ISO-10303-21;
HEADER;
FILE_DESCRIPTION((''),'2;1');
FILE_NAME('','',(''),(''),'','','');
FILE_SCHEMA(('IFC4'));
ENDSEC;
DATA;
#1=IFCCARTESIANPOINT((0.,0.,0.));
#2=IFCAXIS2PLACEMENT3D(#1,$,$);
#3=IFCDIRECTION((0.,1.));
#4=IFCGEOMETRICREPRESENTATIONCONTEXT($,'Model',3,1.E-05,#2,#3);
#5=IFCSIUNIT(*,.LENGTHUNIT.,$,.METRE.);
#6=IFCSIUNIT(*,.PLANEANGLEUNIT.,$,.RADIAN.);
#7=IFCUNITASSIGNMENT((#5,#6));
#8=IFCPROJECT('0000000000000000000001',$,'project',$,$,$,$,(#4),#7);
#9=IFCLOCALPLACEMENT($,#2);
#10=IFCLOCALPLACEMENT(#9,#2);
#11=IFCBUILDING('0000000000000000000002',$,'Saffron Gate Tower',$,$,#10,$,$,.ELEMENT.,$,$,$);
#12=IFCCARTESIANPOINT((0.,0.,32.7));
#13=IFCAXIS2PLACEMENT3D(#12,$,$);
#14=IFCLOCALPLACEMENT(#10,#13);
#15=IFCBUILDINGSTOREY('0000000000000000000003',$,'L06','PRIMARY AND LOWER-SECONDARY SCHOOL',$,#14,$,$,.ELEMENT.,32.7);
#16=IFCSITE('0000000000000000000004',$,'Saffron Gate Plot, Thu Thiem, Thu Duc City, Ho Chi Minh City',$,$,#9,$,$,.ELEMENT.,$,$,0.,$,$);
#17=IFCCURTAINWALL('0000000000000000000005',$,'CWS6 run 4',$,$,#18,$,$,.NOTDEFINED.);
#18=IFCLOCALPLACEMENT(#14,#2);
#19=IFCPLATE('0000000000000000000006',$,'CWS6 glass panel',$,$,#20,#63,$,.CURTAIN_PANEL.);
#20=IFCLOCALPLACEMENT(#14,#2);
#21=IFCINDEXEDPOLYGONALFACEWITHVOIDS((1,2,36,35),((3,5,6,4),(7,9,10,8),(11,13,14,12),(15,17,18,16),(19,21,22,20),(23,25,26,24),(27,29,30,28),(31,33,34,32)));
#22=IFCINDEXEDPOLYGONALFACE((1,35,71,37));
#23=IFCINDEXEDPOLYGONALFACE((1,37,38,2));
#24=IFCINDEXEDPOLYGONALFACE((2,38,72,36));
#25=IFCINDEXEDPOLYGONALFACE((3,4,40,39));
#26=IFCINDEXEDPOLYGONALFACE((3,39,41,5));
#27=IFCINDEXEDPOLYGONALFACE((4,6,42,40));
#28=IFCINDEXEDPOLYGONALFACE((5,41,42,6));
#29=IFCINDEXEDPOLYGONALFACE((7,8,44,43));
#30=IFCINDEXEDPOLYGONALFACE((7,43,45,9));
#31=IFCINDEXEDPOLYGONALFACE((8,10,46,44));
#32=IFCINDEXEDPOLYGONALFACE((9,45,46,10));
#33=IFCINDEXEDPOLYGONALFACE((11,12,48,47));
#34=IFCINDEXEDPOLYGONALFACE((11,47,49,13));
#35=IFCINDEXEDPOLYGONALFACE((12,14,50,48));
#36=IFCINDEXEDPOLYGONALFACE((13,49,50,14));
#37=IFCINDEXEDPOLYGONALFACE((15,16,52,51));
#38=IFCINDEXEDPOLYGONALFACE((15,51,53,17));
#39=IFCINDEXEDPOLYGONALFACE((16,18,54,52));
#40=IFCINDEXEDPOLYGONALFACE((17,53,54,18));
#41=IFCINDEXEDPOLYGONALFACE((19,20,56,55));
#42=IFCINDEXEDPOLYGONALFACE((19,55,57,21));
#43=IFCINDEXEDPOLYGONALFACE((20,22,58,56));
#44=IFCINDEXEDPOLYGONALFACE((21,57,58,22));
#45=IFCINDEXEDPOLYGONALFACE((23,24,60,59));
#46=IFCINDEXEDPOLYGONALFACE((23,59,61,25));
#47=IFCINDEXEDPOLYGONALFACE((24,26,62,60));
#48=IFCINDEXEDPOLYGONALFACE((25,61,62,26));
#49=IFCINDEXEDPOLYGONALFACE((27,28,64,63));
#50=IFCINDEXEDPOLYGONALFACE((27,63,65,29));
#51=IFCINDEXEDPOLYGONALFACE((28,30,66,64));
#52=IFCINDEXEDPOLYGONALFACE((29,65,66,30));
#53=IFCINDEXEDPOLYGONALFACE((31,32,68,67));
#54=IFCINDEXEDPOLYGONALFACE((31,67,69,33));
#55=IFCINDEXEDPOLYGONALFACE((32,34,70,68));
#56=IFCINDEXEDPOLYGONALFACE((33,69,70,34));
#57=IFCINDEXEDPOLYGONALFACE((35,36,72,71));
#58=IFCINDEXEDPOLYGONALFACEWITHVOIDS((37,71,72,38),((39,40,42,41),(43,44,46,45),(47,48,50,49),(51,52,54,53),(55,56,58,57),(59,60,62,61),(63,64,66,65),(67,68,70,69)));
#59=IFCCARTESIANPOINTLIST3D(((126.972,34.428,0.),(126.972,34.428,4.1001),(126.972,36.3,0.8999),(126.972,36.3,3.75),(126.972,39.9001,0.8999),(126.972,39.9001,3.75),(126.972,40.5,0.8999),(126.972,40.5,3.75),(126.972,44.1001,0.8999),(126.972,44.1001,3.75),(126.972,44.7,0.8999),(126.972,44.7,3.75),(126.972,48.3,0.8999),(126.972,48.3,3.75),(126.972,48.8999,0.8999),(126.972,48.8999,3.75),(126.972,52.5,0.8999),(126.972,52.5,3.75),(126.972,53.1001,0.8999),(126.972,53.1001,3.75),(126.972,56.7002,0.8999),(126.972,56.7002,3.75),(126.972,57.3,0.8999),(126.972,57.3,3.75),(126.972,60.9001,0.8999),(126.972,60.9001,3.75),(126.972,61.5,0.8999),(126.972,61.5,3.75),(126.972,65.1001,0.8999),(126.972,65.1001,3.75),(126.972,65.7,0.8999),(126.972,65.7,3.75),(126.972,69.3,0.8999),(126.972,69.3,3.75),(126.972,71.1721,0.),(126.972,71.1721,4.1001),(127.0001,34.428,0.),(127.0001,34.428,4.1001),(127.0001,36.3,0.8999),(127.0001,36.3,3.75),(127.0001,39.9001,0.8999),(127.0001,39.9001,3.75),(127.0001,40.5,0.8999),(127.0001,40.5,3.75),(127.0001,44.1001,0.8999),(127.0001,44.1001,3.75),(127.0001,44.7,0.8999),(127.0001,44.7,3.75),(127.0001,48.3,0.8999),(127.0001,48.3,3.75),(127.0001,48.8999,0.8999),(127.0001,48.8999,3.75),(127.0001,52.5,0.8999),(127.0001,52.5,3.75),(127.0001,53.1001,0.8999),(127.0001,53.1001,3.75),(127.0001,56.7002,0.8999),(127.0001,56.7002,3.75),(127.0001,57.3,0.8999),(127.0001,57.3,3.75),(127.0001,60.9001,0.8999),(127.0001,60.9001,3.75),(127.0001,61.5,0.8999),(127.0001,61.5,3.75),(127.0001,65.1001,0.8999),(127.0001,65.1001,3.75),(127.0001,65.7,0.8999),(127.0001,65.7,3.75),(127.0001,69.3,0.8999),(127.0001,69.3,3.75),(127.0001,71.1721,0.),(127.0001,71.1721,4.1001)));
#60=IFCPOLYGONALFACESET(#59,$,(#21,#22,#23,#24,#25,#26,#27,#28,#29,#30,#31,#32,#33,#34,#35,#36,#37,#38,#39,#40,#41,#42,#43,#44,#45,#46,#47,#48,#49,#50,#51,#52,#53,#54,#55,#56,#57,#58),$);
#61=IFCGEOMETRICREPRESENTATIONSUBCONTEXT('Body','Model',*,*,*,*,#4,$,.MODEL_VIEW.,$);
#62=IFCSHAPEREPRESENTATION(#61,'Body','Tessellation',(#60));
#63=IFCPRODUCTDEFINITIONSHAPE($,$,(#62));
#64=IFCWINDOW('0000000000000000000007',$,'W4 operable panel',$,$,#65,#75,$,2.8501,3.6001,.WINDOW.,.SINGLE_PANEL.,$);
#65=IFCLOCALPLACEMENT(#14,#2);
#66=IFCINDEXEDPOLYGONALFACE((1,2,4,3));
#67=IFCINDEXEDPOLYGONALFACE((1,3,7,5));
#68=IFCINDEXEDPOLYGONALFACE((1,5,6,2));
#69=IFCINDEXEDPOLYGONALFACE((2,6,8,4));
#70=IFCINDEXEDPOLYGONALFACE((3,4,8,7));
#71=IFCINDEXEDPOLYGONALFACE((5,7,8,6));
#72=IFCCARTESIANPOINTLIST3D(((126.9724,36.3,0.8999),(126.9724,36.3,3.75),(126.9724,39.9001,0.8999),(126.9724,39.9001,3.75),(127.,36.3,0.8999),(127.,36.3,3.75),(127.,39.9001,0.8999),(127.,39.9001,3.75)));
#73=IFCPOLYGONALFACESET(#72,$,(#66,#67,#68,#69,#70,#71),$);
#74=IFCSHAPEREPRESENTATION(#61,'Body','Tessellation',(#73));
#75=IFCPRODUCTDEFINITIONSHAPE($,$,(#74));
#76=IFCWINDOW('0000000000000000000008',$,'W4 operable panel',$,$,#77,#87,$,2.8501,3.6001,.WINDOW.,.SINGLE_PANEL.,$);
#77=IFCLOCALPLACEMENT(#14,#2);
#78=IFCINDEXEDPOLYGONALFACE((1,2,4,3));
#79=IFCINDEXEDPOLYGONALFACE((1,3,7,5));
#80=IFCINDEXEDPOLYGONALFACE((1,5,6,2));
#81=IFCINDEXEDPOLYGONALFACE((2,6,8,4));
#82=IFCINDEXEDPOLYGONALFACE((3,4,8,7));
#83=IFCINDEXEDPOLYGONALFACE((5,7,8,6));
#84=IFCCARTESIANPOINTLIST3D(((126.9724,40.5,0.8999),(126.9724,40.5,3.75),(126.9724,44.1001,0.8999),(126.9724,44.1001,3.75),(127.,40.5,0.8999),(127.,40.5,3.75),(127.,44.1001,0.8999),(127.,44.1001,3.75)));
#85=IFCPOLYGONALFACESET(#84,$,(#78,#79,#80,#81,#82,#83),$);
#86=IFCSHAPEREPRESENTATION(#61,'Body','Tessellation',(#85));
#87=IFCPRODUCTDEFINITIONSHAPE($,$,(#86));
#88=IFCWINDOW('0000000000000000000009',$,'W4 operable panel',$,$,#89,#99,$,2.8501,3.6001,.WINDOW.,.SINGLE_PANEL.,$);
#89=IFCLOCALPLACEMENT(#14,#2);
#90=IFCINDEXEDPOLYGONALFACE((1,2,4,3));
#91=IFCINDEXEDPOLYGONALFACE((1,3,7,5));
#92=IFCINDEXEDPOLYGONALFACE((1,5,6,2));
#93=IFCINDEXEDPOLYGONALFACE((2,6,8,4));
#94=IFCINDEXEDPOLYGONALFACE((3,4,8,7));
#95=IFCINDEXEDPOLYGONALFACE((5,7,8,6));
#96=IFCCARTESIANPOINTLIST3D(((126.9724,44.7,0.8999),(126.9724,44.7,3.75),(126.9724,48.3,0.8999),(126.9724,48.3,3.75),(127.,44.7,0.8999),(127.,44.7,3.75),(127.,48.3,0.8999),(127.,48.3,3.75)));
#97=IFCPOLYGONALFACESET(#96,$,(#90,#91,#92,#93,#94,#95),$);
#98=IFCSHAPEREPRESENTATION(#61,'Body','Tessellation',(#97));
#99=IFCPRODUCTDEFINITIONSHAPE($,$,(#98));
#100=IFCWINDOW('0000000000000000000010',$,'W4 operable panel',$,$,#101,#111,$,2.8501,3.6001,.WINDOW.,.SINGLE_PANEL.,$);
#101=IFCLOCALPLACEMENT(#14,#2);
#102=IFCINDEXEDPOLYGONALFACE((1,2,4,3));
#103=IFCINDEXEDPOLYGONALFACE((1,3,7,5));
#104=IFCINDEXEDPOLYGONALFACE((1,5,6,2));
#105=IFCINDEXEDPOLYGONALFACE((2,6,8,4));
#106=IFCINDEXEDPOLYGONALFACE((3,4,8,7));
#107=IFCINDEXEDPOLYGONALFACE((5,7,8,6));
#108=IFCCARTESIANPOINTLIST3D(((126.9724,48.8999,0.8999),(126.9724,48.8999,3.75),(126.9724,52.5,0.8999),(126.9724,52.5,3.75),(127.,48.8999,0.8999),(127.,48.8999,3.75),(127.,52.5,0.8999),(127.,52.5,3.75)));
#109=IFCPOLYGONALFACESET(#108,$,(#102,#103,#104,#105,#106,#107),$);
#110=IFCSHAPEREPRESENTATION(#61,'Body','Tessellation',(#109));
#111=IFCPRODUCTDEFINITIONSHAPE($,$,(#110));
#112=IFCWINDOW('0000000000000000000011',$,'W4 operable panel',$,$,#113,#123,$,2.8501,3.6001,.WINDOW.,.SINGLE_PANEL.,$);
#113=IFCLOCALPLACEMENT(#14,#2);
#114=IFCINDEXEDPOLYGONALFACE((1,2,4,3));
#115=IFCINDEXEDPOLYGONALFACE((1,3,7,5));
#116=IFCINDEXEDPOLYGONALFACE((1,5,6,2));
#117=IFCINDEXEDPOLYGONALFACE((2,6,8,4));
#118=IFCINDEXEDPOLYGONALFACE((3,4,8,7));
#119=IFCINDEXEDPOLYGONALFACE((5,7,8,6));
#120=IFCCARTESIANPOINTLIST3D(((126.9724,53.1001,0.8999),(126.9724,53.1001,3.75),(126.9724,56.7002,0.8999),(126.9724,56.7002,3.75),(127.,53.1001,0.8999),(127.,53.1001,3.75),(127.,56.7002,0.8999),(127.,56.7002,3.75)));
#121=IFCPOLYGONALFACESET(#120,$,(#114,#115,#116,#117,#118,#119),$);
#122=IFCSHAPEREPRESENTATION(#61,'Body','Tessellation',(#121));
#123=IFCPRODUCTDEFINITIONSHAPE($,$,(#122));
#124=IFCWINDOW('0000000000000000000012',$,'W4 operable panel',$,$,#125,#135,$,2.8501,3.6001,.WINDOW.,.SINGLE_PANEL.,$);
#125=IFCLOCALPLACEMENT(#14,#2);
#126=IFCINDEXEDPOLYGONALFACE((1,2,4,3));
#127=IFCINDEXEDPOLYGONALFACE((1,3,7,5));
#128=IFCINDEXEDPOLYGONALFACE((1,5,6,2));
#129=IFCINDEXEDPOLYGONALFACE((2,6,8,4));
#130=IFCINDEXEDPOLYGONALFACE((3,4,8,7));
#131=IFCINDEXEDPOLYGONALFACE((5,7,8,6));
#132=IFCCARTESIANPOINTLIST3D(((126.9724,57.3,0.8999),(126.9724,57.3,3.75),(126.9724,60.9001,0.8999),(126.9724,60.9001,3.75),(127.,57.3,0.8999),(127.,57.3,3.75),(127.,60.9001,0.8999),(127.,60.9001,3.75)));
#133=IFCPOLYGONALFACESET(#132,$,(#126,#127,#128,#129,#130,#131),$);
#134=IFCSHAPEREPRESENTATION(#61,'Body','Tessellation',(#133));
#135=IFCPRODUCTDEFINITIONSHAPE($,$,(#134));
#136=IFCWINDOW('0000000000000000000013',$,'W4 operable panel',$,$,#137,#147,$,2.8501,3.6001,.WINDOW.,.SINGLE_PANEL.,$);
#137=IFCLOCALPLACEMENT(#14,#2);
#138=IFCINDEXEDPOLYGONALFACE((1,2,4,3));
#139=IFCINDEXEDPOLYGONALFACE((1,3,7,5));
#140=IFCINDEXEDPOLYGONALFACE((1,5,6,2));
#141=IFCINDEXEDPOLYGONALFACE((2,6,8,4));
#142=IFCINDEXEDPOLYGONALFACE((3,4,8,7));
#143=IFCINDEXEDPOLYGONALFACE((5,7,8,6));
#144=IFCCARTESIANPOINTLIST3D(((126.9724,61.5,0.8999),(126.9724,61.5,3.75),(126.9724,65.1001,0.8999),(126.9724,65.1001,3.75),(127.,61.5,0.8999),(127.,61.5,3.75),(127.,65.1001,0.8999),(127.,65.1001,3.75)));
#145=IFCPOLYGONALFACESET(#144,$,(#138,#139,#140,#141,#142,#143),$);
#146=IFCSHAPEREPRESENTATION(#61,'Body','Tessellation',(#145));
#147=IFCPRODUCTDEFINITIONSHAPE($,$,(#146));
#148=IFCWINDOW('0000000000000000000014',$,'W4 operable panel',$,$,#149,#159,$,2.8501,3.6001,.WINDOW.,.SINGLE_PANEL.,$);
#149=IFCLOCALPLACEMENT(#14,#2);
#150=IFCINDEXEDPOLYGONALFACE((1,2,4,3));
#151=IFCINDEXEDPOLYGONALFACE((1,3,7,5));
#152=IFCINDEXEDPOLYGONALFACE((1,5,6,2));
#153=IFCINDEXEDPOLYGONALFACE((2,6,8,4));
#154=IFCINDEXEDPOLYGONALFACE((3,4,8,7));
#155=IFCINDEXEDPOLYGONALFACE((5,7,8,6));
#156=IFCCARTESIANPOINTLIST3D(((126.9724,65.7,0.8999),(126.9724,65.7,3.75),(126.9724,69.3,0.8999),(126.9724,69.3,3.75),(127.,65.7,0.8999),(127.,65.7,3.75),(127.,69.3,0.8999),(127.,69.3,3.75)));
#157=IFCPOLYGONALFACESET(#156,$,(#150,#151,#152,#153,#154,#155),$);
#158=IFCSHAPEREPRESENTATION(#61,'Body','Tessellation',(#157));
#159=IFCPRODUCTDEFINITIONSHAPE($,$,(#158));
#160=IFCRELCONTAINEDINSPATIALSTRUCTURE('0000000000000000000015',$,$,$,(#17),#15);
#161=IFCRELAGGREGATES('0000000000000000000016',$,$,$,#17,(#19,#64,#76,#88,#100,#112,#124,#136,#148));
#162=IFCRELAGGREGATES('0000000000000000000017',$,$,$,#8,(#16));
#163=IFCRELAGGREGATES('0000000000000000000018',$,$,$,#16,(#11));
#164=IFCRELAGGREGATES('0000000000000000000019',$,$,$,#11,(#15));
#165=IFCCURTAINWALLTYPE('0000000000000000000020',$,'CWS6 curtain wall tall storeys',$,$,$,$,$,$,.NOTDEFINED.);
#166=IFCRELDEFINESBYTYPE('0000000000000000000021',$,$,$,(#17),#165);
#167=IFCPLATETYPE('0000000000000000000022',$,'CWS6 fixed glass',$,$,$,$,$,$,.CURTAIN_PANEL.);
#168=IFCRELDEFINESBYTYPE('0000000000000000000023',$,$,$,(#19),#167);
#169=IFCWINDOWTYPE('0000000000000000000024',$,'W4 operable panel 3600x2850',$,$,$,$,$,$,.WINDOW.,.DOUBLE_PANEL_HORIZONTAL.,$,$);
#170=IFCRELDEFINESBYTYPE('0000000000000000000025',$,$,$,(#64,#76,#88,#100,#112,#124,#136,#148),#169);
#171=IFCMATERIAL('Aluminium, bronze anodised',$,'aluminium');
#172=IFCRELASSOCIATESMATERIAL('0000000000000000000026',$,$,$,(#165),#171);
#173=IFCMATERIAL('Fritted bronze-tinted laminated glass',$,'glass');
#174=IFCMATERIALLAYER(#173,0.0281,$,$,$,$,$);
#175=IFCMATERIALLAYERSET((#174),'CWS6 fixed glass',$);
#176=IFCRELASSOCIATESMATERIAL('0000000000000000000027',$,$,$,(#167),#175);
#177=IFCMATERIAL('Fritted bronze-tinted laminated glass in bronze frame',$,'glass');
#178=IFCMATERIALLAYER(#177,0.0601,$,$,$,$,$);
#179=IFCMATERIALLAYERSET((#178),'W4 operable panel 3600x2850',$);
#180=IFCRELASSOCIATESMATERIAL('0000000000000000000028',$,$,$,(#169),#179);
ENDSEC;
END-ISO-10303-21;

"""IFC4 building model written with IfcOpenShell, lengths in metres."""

from ifc_helpers import new_model, si_unit, direction, frame, frame_2d, origin, place, context, subcontext, project, spatial, rectangle, extrude, material, layer, layer_set, type_object, element, fill, aggregate, save


model = new_model("IFC4")

# Units and contexts
model_context = context("Model", 3, precision=1e-05, world=origin(), true_north=direction((0.0, 1.0)))
body_context = subcontext(model_context, "Body", "Model", "MODEL_VIEW")
ifc_project = project(units=[si_unit("LENGTHUNIT", "METRE"), si_unit("PLANEANGLEUNIT", "RADIAN")], contexts=[model_context])

# Site, building, storey
site_placement = place(None, origin())
site = spatial("IfcSite", under=ifc_project, at=site_placement, Name="Saffron Gate Plot, Thu Thiem, Thu Duc City, Ho Chi Minh City", CompositionType="ELEMENT", RefElevation=0.0)
building_placement = place(site_placement, origin())
building = spatial("IfcBuilding", under=site, at=building_placement, Name="Saffron Gate Tower", CompositionType="ELEMENT")
storey_placement = place(building_placement, frame((0.0, 0.0, 32.7)))
storey = spatial("IfcBuildingStorey", under=building, at=storey_placement, Name="L06", Description="PRIMARY AND LOWER-SECONDARY SCHOOL", CompositionType="ELEMENT", Elevation=32.7)

# Curtain wall
ifc_material_1 = material(Name="Aluminium, bronze anodised", Category="aluminium")
curtain_wall_type = type_object("IfcCurtainWallType", Name="CWS6 curtain wall tall storeys", PredefinedType="NOTDEFINED", material=ifc_material_1)
curtain_wall_1_placement = place(storey_placement, origin())
curtain_wall_1 = element("IfcCurtainWall", 1, at=curtain_wall_1_placement, inside=storey, type_object=curtain_wall_type, Name="CWS6 run 4", PredefinedType="NOTDEFINED")

# Plate, openings, windows
ifc_material_2 = material(Name="Fritted bronze-tinted laminated glass", Category="glass")
ifc_layer_1 = layer(ifc_material_2, 0.0281)
ifc_layer_set_1 = layer_set([ifc_layer_1], Name="CWS6 fixed glass")
plate_type = type_object("IfcPlateType", Name="CWS6 fixed glass", PredefinedType="CURTAIN_PANEL", material=ifc_layer_set_1)
plate_placement = place(storey_placement, frame((126.9861, 34.428, 0.0), z_axis=(0.0, 0.0, 1.0), x_axis=(0.0, 1.0, 0.0)))
plate = element("IfcPlate", 2, at=plate_placement, type_object=plate_type, Name="CWS6 glass panel", PredefinedType="CURTAIN_PANEL", context=body_context, shape_type="SweptSolid", body=[
    extrude(rectangle(XDim=36.7441, YDim=0.0281, at=frame_2d((18.3721, 0.0))), origin(), (0.0, 0.0, 1.0), 4.1001),
])
opening_1_placement = place(plate_placement, frame((1.8721, 0.0, 0.8999)))
opening_1 = element("IfcOpeningElement", 3, at=opening_1_placement, cuts=plate, PredefinedType="OPENING", context=body_context, shape_type="SweptSolid", body=[
    extrude(rectangle(XDim=3.6001, YDim=2.8501, at=frame_2d((1.8, 1.425))), frame((0.0, 0.0239, 0.0), z_axis=(0.0, -1.0, 0.0), x_axis=(1.0, 0.0, 0.0)), (0.0, 0.0, 1.0), 0.0481),
])
opening_2_placement = place(plate_placement, frame((6.072, 0.0, 0.8999)))
opening_2 = element("IfcOpeningElement", 4, at=opening_2_placement, cuts=plate, PredefinedType="OPENING", context=body_context, shape_type="SweptSolid", body=[
    extrude(rectangle(XDim=3.6001, YDim=2.8501, at=frame_2d((1.8, 1.425))), frame((0.0, 0.0239, 0.0), z_axis=(0.0, -1.0, 0.0), x_axis=(1.0, 0.0, 0.0)), (0.0, 0.0, 1.0), 0.0481),
])
opening_3_placement = place(plate_placement, frame((10.272, 0.0, 0.8999)))
opening_3 = element("IfcOpeningElement", 5, at=opening_3_placement, cuts=plate, PredefinedType="OPENING", context=body_context, shape_type="SweptSolid", body=[
    extrude(rectangle(XDim=3.6001, YDim=2.8501, at=frame_2d((1.8, 1.425))), frame((0.0, 0.0239, 0.0), z_axis=(0.0, -1.0, 0.0), x_axis=(1.0, 0.0, 0.0)), (0.0, 0.0, 1.0), 0.0481),
])
opening_4_placement = place(plate_placement, frame((14.4719, 0.0, 0.8999)))
opening_4 = element("IfcOpeningElement", 6, at=opening_4_placement, cuts=plate, PredefinedType="OPENING", context=body_context, shape_type="SweptSolid", body=[
    extrude(rectangle(XDim=3.6001, YDim=2.8501, at=frame_2d((1.8, 1.425))), frame((0.0, 0.0239, 0.0), z_axis=(0.0, -1.0, 0.0), x_axis=(1.0, 0.0, 0.0)), (0.0, 0.0, 1.0), 0.0481),
])
opening_5_placement = place(plate_placement, frame((18.6721, 0.0, 0.8999)))
opening_5 = element("IfcOpeningElement", 7, at=opening_5_placement, cuts=plate, PredefinedType="OPENING", context=body_context, shape_type="SweptSolid", body=[
    extrude(rectangle(XDim=3.6001, YDim=2.8501, at=frame_2d((1.8, 1.425))), frame((0.0, 0.0239, 0.0), z_axis=(0.0, -1.0, 0.0), x_axis=(1.0, 0.0, 0.0)), (0.0, 0.0, 1.0), 0.0481),
])
opening_6_placement = place(plate_placement, frame((22.8721, 0.0, 0.8999)))
opening_6 = element("IfcOpeningElement", 8, at=opening_6_placement, cuts=plate, PredefinedType="OPENING", context=body_context, shape_type="SweptSolid", body=[
    extrude(rectangle(XDim=3.6001, YDim=2.8501, at=frame_2d((1.8, 1.425))), frame((0.0, 0.0239, 0.0), z_axis=(0.0, -1.0, 0.0), x_axis=(1.0, 0.0, 0.0)), (0.0, 0.0, 1.0), 0.0481),
])
opening_7_placement = place(plate_placement, frame((27.072, 0.0, 0.8999)))
opening_7 = element("IfcOpeningElement", 9, at=opening_7_placement, cuts=plate, PredefinedType="OPENING", context=body_context, shape_type="SweptSolid", body=[
    extrude(rectangle(XDim=3.6001, YDim=2.8501, at=frame_2d((1.8, 1.425))), frame((0.0, 0.0239, 0.0), z_axis=(0.0, -1.0, 0.0), x_axis=(1.0, 0.0, 0.0)), (0.0, 0.0, 1.0), 0.0481),
])
opening_8_placement = place(plate_placement, frame((31.272, 0.0, 0.8999)))
opening_8 = element("IfcOpeningElement", 10, at=opening_8_placement, cuts=plate, PredefinedType="OPENING", context=body_context, shape_type="SweptSolid", body=[
    extrude(rectangle(XDim=3.6001, YDim=2.8501, at=frame_2d((1.8, 1.425))), frame((0.0, 0.0239, 0.0), z_axis=(0.0, -1.0, 0.0), x_axis=(1.0, 0.0, 0.0)), (0.0, 0.0, 1.0), 0.0481),
])
ifc_material_3 = material(Name="Fritted bronze-tinted laminated glass in bronze frame", Category="glass")
ifc_layer_2 = layer(ifc_material_3, 0.0601)
ifc_layer_set_2 = layer_set([ifc_layer_2], Name="W4 operable panel 3600x2850")
window_type = type_object("IfcWindowType", Name="W4 operable panel 3600x2850", PartitioningType="DOUBLE_PANEL_HORIZONTAL", PredefinedType="WINDOW", material=ifc_layer_set_2)
window_1_placement = place(opening_1_placement, origin())
window_1 = element("IfcWindow", 11, at=window_1_placement, type_object=window_type, Name="W4 operable panel", OverallHeight=2.8501, OverallWidth=3.6001, PartitioningType="SINGLE_PANEL", PredefinedType="WINDOW", context=body_context, shape_type="SweptSolid", body=[
    extrude(rectangle(XDim=3.6001, YDim=2.8501, at=frame_2d((1.8, 1.425))), frame((0.0, 0.0137, 0.0), z_axis=(0.0, -1.0, 0.0), x_axis=(1.0, 0.0, 0.0)), (0.0, 0.0, 1.0), 0.0276),
])
fill(opening_1, window_1)
window_2_placement = place(opening_2_placement, origin())
window_2 = element("IfcWindow", 12, at=window_2_placement, type_object=window_type, Name="W4 operable panel", OverallHeight=2.8501, OverallWidth=3.6001, PartitioningType="SINGLE_PANEL", PredefinedType="WINDOW", context=body_context, shape_type="SweptSolid", body=[
    extrude(rectangle(XDim=3.6001, YDim=2.8501, at=frame_2d((1.8, 1.425))), frame((0.0, 0.0137, 0.0), z_axis=(0.0, -1.0, 0.0), x_axis=(1.0, 0.0, 0.0)), (0.0, 0.0, 1.0), 0.0276),
])
fill(opening_2, window_2)
window_3_placement = place(opening_3_placement, origin())
window_3 = element("IfcWindow", 13, at=window_3_placement, type_object=window_type, Name="W4 operable panel", OverallHeight=2.8501, OverallWidth=3.6001, PartitioningType="SINGLE_PANEL", PredefinedType="WINDOW", context=body_context, shape_type="SweptSolid", body=[
    extrude(rectangle(XDim=3.6001, YDim=2.8501, at=frame_2d((1.8, 1.425))), frame((0.0, 0.0137, 0.0), z_axis=(0.0, -1.0, 0.0), x_axis=(1.0, 0.0, 0.0)), (0.0, 0.0, 1.0), 0.0276),
])
fill(opening_3, window_3)
window_4_placement = place(opening_4_placement, origin())
window_4 = element("IfcWindow", 14, at=window_4_placement, type_object=window_type, Name="W4 operable panel", OverallHeight=2.8501, OverallWidth=3.6001, PartitioningType="SINGLE_PANEL", PredefinedType="WINDOW", context=body_context, shape_type="SweptSolid", body=[
    extrude(rectangle(XDim=3.6001, YDim=2.8501, at=frame_2d((1.8, 1.425))), frame((0.0, 0.0137, 0.0), z_axis=(0.0, -1.0, 0.0), x_axis=(1.0, 0.0, 0.0)), (0.0, 0.0, 1.0), 0.0276),
])
fill(opening_4, window_4)
window_5_placement = place(opening_5_placement, origin())
window_5 = element("IfcWindow", 15, at=window_5_placement, type_object=window_type, Name="W4 operable panel", OverallHeight=2.8501, OverallWidth=3.6001, PartitioningType="SINGLE_PANEL", PredefinedType="WINDOW", context=body_context, shape_type="SweptSolid", body=[
    extrude(rectangle(XDim=3.6001, YDim=2.8501, at=frame_2d((1.8, 1.425))), frame((0.0, 0.0137, 0.0), z_axis=(0.0, -1.0, 0.0), x_axis=(1.0, 0.0, 0.0)), (0.0, 0.0, 1.0), 0.0276),
])
fill(opening_5, window_5)
window_6_placement = place(opening_6_placement, origin())
window_6 = element("IfcWindow", 16, at=window_6_placement, type_object=window_type, Name="W4 operable panel", OverallHeight=2.8501, OverallWidth=3.6001, PartitioningType="SINGLE_PANEL", PredefinedType="WINDOW", context=body_context, shape_type="SweptSolid", body=[
    extrude(rectangle(XDim=3.6001, YDim=2.8501, at=frame_2d((1.8, 1.425))), frame((0.0, 0.0137, 0.0), z_axis=(0.0, -1.0, 0.0), x_axis=(1.0, 0.0, 0.0)), (0.0, 0.0, 1.0), 0.0276),
])
fill(opening_6, window_6)
window_7_placement = place(opening_7_placement, origin())
window_7 = element("IfcWindow", 17, at=window_7_placement, type_object=window_type, Name="W4 operable panel", OverallHeight=2.8501, OverallWidth=3.6001, PartitioningType="SINGLE_PANEL", PredefinedType="WINDOW", context=body_context, shape_type="SweptSolid", body=[
    extrude(rectangle(XDim=3.6001, YDim=2.8501, at=frame_2d((1.8, 1.425))), frame((0.0, 0.0137, 0.0), z_axis=(0.0, -1.0, 0.0), x_axis=(1.0, 0.0, 0.0)), (0.0, 0.0, 1.0), 0.0276),
])
fill(opening_7, window_7)
window_8_placement = place(opening_8_placement, origin())
window_8 = element("IfcWindow", 18, at=window_8_placement, type_object=window_type, Name="W4 operable panel", OverallHeight=2.8501, OverallWidth=3.6001, PartitioningType="SINGLE_PANEL", PredefinedType="WINDOW", context=body_context, shape_type="SweptSolid", body=[
    extrude(rectangle(XDim=3.6001, YDim=2.8501, at=frame_2d((1.8, 1.425))), frame((0.0, 0.0137, 0.0), z_axis=(0.0, -1.0, 0.0), x_axis=(1.0, 0.0, 0.0)), (0.0, 0.0, 1.0), 0.0276),
])
fill(opening_8, window_8)
aggregate(curtain_wall_1, [plate, window_1, window_2, window_3, window_4, window_5, window_6, window_7, window_8])

save(model, "model.ifc")
